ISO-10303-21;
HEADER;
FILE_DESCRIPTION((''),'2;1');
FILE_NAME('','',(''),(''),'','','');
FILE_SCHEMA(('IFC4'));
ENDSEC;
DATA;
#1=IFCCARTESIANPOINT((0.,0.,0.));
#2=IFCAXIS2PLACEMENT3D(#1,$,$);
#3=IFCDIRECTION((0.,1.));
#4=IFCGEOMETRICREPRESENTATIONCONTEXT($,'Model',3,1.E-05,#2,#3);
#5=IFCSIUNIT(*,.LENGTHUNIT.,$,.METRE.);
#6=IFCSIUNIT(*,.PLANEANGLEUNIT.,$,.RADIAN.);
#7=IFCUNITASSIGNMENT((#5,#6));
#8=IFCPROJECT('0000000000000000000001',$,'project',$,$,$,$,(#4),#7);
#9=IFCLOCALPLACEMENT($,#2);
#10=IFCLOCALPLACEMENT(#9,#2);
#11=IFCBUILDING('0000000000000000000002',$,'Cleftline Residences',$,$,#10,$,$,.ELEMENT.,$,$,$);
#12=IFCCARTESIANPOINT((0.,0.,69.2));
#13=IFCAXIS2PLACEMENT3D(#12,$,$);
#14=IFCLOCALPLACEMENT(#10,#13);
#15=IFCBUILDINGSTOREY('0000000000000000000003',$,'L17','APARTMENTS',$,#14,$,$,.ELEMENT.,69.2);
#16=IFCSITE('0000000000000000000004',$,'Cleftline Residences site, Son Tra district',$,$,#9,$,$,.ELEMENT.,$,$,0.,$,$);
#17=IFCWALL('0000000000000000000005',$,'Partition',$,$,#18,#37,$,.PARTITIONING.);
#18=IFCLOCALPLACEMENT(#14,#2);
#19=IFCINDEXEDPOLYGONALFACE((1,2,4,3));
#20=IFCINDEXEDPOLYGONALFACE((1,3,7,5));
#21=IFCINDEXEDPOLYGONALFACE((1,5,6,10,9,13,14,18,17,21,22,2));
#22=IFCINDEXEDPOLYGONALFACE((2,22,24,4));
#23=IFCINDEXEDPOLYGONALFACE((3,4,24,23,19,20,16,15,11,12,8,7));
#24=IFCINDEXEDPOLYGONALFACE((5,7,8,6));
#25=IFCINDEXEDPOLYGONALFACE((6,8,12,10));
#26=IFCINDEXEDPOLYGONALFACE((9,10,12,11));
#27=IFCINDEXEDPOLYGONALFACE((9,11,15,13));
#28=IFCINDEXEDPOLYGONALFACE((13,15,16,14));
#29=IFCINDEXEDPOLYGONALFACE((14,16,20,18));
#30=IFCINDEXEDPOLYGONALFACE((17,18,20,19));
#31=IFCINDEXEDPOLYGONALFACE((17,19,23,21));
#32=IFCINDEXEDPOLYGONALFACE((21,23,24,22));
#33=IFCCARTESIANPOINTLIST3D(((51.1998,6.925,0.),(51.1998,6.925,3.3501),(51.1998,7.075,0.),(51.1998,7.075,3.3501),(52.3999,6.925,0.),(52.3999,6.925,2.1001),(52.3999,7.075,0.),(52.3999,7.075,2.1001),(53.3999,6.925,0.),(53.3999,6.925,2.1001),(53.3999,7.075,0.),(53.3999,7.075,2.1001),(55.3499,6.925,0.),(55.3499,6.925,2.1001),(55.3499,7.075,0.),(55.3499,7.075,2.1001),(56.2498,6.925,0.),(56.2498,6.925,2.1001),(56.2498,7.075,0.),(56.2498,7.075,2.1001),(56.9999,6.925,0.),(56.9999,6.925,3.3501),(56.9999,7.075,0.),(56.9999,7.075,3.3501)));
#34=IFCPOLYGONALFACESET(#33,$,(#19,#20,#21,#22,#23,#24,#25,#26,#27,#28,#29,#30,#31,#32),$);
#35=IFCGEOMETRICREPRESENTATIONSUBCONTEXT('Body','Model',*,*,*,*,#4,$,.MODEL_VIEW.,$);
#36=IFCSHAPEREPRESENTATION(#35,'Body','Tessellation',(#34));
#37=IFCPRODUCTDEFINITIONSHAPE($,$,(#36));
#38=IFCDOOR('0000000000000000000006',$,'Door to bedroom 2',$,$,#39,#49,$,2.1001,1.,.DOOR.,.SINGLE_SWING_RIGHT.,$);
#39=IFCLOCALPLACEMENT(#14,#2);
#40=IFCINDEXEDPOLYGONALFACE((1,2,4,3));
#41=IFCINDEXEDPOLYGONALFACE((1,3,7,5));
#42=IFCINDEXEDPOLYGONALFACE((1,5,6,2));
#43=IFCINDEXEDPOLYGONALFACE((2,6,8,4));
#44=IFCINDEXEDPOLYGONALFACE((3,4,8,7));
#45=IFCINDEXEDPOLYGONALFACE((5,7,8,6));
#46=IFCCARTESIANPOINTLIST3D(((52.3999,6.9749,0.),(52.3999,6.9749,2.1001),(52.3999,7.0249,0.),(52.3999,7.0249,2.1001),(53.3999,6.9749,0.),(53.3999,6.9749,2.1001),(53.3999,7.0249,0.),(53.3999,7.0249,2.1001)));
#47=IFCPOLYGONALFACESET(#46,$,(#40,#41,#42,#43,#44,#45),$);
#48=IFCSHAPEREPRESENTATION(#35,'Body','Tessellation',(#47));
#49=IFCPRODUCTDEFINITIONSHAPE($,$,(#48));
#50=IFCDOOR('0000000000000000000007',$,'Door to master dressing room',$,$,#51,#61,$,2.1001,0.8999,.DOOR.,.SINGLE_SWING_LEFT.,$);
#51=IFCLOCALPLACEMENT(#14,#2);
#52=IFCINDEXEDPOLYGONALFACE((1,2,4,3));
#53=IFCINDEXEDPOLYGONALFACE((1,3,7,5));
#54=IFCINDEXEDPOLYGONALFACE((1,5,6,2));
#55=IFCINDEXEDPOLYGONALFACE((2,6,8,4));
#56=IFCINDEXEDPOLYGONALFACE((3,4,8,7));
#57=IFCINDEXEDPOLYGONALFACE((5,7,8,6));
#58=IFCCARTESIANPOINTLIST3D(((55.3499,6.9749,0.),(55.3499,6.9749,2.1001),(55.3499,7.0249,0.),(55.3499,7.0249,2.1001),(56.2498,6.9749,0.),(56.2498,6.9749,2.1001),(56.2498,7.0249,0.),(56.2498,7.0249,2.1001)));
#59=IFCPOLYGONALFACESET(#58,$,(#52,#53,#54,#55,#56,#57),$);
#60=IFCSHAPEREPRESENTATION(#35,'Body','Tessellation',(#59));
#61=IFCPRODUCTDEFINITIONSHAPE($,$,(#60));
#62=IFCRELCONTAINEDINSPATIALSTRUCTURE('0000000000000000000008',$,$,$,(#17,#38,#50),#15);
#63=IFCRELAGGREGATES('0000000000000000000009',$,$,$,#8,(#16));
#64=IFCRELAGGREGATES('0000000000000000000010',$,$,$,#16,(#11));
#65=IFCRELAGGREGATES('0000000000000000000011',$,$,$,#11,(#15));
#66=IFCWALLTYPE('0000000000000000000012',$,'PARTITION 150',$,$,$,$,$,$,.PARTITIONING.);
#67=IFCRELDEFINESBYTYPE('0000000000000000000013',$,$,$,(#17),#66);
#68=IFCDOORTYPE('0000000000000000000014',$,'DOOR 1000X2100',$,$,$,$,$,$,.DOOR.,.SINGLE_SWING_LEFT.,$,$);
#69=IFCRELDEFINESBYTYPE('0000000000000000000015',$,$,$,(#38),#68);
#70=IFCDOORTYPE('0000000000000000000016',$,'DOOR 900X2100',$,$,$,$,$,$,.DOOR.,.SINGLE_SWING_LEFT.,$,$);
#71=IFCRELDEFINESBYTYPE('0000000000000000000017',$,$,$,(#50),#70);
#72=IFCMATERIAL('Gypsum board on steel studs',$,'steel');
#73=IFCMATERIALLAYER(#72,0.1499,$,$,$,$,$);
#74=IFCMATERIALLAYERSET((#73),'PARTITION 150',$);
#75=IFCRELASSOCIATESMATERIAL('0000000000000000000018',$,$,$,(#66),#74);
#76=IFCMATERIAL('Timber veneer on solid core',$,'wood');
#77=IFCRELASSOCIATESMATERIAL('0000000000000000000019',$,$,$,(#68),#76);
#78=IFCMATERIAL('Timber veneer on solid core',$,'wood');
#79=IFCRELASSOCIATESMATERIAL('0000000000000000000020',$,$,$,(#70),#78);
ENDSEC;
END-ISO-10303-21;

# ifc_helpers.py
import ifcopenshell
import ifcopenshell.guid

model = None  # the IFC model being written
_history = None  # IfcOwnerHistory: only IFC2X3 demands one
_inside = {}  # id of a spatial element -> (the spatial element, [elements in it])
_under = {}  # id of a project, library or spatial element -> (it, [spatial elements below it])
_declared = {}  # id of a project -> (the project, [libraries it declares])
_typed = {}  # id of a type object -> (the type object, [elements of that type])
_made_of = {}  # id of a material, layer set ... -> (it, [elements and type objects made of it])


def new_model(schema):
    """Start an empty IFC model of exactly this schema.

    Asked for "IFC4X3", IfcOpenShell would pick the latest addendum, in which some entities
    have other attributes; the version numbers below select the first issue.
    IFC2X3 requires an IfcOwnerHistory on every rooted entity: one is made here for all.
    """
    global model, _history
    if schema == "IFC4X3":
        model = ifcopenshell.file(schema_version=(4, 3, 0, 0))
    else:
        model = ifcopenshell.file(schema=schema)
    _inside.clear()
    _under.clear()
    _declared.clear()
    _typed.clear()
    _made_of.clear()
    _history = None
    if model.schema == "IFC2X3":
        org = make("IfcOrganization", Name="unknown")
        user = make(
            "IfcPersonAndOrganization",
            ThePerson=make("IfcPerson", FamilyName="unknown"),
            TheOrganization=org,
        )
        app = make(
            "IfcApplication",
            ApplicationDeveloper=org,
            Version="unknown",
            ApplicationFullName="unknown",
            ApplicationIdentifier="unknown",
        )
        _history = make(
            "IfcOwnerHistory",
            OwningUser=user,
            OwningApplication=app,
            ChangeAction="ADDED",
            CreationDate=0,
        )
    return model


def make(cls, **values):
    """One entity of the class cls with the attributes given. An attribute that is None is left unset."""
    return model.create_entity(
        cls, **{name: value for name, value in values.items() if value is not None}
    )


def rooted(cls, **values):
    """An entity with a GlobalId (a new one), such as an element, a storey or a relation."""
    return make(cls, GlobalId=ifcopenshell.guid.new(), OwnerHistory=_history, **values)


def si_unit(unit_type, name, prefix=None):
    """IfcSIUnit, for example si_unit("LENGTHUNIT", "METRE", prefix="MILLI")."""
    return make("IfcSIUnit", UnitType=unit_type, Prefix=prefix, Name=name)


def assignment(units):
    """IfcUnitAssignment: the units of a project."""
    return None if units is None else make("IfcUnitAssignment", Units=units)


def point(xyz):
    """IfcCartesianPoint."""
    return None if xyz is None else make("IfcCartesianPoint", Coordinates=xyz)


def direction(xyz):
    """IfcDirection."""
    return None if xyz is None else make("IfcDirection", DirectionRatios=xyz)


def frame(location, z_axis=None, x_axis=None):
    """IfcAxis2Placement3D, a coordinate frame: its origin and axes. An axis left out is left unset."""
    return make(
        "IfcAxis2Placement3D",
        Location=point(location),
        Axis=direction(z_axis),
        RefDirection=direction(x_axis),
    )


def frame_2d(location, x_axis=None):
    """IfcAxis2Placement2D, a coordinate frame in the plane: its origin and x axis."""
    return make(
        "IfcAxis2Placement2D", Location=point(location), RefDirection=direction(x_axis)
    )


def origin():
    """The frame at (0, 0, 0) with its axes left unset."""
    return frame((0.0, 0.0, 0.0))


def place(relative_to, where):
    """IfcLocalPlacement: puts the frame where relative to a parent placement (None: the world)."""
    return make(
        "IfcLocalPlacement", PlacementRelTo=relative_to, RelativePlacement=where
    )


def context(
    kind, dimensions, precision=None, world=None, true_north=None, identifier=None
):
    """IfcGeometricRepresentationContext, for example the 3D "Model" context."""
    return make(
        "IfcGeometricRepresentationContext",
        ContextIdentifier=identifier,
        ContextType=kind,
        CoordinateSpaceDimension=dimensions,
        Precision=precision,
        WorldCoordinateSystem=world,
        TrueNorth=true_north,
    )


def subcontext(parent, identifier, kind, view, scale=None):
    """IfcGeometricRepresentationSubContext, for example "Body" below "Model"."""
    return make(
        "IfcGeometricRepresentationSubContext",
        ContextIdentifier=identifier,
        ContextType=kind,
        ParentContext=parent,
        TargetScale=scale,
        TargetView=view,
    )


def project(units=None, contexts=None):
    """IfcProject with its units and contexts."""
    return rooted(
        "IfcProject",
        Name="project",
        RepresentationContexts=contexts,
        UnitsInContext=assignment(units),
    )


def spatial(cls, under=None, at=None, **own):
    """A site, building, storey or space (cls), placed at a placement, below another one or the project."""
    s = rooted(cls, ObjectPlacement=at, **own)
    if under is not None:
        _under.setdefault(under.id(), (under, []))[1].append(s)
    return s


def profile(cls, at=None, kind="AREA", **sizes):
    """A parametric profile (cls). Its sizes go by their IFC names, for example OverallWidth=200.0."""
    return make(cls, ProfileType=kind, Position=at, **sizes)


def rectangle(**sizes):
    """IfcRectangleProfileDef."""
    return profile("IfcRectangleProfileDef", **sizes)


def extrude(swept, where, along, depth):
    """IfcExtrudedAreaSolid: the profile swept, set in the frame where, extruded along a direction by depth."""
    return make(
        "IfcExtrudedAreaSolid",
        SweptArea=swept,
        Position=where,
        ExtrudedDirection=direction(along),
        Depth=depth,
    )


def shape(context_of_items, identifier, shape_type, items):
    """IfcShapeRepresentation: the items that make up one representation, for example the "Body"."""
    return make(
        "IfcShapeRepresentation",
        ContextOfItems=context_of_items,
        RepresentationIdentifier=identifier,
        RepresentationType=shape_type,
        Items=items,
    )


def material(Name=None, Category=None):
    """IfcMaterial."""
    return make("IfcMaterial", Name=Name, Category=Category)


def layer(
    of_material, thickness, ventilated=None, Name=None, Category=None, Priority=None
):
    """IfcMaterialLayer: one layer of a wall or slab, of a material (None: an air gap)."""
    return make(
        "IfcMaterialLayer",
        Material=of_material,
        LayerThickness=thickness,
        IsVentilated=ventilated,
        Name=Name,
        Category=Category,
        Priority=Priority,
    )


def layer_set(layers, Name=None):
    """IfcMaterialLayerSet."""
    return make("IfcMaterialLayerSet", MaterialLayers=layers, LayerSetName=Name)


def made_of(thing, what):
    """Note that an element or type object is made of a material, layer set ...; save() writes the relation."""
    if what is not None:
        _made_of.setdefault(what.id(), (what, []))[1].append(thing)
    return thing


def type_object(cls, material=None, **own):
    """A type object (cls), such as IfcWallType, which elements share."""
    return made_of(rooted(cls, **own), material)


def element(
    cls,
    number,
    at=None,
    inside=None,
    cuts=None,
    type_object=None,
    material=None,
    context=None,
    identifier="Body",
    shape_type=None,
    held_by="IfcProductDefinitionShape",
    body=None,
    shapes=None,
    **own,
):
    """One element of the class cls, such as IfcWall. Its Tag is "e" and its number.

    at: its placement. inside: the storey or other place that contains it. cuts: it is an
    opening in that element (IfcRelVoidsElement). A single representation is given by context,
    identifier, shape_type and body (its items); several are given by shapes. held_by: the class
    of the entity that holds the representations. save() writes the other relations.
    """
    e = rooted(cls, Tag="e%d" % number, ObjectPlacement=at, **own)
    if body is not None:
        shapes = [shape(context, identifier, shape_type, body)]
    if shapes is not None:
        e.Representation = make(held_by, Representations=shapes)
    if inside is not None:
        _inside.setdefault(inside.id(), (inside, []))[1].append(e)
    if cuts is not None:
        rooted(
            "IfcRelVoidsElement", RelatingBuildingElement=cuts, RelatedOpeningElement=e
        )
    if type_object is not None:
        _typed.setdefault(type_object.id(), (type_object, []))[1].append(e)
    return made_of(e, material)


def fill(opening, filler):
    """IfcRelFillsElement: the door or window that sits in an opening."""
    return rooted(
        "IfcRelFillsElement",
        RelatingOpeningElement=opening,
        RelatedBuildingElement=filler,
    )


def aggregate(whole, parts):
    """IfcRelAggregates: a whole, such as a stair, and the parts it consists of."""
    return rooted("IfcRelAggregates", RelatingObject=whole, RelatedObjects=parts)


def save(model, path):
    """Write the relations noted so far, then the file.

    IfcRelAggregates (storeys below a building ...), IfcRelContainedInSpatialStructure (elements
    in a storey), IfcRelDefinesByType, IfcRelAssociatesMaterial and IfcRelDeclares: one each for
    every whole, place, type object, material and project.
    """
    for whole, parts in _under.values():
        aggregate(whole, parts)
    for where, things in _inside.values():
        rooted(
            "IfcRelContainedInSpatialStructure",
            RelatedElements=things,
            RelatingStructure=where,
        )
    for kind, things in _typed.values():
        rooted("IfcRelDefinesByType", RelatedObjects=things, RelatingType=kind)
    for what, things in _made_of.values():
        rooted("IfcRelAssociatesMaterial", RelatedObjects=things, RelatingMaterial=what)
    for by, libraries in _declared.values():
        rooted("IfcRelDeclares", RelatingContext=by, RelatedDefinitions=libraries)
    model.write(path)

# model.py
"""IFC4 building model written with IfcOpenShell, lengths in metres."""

from ifc_helpers import new_model, si_unit, direction, frame, frame_2d, origin, place, context, subcontext, project, spatial, rectangle, extrude, material, layer, layer_set, type_object, element, fill, save


model = new_model("IFC4")

# Units and contexts
model_context = context("Model", 3, precision=1e-05, world=origin(), true_north=direction((0.0, 1.0)))
body_context = subcontext(model_context, "Body", "Model", "MODEL_VIEW")
ifc_project = project(units=[si_unit("LENGTHUNIT", "METRE"), si_unit("PLANEANGLEUNIT", "RADIAN")], contexts=[model_context])

# Site, building, storey
site_placement = place(None, origin())
site = spatial("IfcSite", under=ifc_project, at=site_placement, Name="Cleftline Residences site, Son Tra district", CompositionType="ELEMENT", RefElevation=0.0)
building_placement = place(site_placement, origin())
building = spatial("IfcBuilding", under=site, at=building_placement, Name="Cleftline Residences", CompositionType="ELEMENT")
storey_placement = place(building_placement, frame((0.0, 0.0, 69.2)))
storey = spatial("IfcBuildingStorey", under=building, at=storey_placement, Name="L17", Description="APARTMENTS", CompositionType="ELEMENT", Elevation=69.2)

# Shared definitions
ifc_material_1 = material(Name="Gypsum board on steel studs", Category="steel")
ifc_layer_1 = layer(ifc_material_1, 0.1499)
ifc_layer_set_1 = layer_set([ifc_layer_1], Name="PARTITION 150")
wall_type = type_object("IfcWallType", Name="PARTITION 150", PredefinedType="PARTITIONING", material=ifc_layer_set_1)
ifc_material_2 = material(Name="Timber veneer on solid core", Category="wood")
door_type_1 = type_object("IfcDoorType", Name="DOOR 1000X2100", OperationType="SINGLE_SWING_LEFT", PredefinedType="DOOR", material=ifc_material_2)

# Wall, openings, doors
wall_1_placement = place(storey_placement, frame((51.2, 7.0, 0.0), z_axis=(0.0, 0.0, 1.0), x_axis=(1.0, 0.0, 0.0)))
wall_1 = element("IfcWall", 1, at=wall_1_placement, inside=storey, type_object=wall_type, Name="Partition", PredefinedType="PARTITIONING", context=body_context, shape_type="SweptSolid", body=[
    extrude(rectangle(XDim=5.8, YDim=0.1499, at=frame_2d((2.8999, 0.0))), origin(), (0.0, 0.0, 1.0), 3.3501),
])
opening_1_placement = place(wall_1_placement, frame((4.1499, 0.0, 0.0)))
opening_1 = element("IfcOpeningElement", 2, at=opening_1_placement, cuts=wall_1, PredefinedType="OPENING", context=body_context, shape_type="SweptSolid", body=[
    extrude(rectangle(XDim=0.8999, YDim=2.1001, at=frame_2d((0.45, 1.05))), frame((0.0, 0.085, 0.0), z_axis=(0.0, -1.0, 0.0), x_axis=(1.0, 0.0, 0.0)), (0.0, 0.0, 1.0), 0.1699),
])
opening_2_placement = place(wall_1_placement, frame((1.2, 0.0, 0.0)))
opening_2 = element("IfcOpeningElement", 3, at=opening_2_placement, cuts=wall_1, PredefinedType="OPENING", context=body_context, shape_type="SweptSolid", body=[
    extrude(rectangle(XDim=1.0, YDim=2.1001, at=frame_2d((0.5, 1.05))), frame((0.0, 0.085, 0.0), z_axis=(0.0, -1.0, 0.0), x_axis=(1.0, 0.0, 0.0)), (0.0, 0.0, 1.0), 0.1699),
])
door_1_placement = place(opening_2_placement, origin())
door_1 = element("IfcDoor", 4, at=door_1_placement, inside=storey, type_object=door_type_1, Name="Door to bedroom 2", OperationType="SINGLE_SWING_RIGHT", OverallHeight=2.1001, OverallWidth=1.0, PredefinedType="DOOR", context=body_context, shape_type="SweptSolid", body=[
    extrude(rectangle(XDim=1.0, YDim=2.1001, at=frame_2d((0.5, 1.05))), frame((0.0, 0.0249, 0.0), z_axis=(0.0, -1.0, 0.0), x_axis=(1.0, 0.0, 0.0)), (0.0, 0.0, 1.0), 0.05),
])
fill(opening_2, door_1)
ifc_material_3 = material(Name="Timber veneer on solid core", Category="wood")
door_type_2 = type_object("IfcDoorType", Name="DOOR 900X2100", OperationType="SINGLE_SWING_LEFT", PredefinedType="DOOR", material=ifc_material_3)
door_2_placement = place(opening_1_placement, origin())
door_2 = element("IfcDoor", 5, at=door_2_placement, inside=storey, type_object=door_type_2, Name="Door to master dressing room", OperationType="SINGLE_SWING_LEFT", OverallHeight=2.1001, OverallWidth=0.8999, PredefinedType="DOOR", context=body_context, shape_type="SweptSolid", body=[
    extrude(rectangle(XDim=0.8999, YDim=2.1001, at=frame_2d((0.45, 1.05))), frame((0.0, 0.0249, 0.0), z_axis=(0.0, -1.0, 0.0), x_axis=(1.0, 0.0, 0.0)), (0.0, 0.0, 1.0), 0.05),
])
fill(opening_1, door_2)

save(model, "model.ifc")
